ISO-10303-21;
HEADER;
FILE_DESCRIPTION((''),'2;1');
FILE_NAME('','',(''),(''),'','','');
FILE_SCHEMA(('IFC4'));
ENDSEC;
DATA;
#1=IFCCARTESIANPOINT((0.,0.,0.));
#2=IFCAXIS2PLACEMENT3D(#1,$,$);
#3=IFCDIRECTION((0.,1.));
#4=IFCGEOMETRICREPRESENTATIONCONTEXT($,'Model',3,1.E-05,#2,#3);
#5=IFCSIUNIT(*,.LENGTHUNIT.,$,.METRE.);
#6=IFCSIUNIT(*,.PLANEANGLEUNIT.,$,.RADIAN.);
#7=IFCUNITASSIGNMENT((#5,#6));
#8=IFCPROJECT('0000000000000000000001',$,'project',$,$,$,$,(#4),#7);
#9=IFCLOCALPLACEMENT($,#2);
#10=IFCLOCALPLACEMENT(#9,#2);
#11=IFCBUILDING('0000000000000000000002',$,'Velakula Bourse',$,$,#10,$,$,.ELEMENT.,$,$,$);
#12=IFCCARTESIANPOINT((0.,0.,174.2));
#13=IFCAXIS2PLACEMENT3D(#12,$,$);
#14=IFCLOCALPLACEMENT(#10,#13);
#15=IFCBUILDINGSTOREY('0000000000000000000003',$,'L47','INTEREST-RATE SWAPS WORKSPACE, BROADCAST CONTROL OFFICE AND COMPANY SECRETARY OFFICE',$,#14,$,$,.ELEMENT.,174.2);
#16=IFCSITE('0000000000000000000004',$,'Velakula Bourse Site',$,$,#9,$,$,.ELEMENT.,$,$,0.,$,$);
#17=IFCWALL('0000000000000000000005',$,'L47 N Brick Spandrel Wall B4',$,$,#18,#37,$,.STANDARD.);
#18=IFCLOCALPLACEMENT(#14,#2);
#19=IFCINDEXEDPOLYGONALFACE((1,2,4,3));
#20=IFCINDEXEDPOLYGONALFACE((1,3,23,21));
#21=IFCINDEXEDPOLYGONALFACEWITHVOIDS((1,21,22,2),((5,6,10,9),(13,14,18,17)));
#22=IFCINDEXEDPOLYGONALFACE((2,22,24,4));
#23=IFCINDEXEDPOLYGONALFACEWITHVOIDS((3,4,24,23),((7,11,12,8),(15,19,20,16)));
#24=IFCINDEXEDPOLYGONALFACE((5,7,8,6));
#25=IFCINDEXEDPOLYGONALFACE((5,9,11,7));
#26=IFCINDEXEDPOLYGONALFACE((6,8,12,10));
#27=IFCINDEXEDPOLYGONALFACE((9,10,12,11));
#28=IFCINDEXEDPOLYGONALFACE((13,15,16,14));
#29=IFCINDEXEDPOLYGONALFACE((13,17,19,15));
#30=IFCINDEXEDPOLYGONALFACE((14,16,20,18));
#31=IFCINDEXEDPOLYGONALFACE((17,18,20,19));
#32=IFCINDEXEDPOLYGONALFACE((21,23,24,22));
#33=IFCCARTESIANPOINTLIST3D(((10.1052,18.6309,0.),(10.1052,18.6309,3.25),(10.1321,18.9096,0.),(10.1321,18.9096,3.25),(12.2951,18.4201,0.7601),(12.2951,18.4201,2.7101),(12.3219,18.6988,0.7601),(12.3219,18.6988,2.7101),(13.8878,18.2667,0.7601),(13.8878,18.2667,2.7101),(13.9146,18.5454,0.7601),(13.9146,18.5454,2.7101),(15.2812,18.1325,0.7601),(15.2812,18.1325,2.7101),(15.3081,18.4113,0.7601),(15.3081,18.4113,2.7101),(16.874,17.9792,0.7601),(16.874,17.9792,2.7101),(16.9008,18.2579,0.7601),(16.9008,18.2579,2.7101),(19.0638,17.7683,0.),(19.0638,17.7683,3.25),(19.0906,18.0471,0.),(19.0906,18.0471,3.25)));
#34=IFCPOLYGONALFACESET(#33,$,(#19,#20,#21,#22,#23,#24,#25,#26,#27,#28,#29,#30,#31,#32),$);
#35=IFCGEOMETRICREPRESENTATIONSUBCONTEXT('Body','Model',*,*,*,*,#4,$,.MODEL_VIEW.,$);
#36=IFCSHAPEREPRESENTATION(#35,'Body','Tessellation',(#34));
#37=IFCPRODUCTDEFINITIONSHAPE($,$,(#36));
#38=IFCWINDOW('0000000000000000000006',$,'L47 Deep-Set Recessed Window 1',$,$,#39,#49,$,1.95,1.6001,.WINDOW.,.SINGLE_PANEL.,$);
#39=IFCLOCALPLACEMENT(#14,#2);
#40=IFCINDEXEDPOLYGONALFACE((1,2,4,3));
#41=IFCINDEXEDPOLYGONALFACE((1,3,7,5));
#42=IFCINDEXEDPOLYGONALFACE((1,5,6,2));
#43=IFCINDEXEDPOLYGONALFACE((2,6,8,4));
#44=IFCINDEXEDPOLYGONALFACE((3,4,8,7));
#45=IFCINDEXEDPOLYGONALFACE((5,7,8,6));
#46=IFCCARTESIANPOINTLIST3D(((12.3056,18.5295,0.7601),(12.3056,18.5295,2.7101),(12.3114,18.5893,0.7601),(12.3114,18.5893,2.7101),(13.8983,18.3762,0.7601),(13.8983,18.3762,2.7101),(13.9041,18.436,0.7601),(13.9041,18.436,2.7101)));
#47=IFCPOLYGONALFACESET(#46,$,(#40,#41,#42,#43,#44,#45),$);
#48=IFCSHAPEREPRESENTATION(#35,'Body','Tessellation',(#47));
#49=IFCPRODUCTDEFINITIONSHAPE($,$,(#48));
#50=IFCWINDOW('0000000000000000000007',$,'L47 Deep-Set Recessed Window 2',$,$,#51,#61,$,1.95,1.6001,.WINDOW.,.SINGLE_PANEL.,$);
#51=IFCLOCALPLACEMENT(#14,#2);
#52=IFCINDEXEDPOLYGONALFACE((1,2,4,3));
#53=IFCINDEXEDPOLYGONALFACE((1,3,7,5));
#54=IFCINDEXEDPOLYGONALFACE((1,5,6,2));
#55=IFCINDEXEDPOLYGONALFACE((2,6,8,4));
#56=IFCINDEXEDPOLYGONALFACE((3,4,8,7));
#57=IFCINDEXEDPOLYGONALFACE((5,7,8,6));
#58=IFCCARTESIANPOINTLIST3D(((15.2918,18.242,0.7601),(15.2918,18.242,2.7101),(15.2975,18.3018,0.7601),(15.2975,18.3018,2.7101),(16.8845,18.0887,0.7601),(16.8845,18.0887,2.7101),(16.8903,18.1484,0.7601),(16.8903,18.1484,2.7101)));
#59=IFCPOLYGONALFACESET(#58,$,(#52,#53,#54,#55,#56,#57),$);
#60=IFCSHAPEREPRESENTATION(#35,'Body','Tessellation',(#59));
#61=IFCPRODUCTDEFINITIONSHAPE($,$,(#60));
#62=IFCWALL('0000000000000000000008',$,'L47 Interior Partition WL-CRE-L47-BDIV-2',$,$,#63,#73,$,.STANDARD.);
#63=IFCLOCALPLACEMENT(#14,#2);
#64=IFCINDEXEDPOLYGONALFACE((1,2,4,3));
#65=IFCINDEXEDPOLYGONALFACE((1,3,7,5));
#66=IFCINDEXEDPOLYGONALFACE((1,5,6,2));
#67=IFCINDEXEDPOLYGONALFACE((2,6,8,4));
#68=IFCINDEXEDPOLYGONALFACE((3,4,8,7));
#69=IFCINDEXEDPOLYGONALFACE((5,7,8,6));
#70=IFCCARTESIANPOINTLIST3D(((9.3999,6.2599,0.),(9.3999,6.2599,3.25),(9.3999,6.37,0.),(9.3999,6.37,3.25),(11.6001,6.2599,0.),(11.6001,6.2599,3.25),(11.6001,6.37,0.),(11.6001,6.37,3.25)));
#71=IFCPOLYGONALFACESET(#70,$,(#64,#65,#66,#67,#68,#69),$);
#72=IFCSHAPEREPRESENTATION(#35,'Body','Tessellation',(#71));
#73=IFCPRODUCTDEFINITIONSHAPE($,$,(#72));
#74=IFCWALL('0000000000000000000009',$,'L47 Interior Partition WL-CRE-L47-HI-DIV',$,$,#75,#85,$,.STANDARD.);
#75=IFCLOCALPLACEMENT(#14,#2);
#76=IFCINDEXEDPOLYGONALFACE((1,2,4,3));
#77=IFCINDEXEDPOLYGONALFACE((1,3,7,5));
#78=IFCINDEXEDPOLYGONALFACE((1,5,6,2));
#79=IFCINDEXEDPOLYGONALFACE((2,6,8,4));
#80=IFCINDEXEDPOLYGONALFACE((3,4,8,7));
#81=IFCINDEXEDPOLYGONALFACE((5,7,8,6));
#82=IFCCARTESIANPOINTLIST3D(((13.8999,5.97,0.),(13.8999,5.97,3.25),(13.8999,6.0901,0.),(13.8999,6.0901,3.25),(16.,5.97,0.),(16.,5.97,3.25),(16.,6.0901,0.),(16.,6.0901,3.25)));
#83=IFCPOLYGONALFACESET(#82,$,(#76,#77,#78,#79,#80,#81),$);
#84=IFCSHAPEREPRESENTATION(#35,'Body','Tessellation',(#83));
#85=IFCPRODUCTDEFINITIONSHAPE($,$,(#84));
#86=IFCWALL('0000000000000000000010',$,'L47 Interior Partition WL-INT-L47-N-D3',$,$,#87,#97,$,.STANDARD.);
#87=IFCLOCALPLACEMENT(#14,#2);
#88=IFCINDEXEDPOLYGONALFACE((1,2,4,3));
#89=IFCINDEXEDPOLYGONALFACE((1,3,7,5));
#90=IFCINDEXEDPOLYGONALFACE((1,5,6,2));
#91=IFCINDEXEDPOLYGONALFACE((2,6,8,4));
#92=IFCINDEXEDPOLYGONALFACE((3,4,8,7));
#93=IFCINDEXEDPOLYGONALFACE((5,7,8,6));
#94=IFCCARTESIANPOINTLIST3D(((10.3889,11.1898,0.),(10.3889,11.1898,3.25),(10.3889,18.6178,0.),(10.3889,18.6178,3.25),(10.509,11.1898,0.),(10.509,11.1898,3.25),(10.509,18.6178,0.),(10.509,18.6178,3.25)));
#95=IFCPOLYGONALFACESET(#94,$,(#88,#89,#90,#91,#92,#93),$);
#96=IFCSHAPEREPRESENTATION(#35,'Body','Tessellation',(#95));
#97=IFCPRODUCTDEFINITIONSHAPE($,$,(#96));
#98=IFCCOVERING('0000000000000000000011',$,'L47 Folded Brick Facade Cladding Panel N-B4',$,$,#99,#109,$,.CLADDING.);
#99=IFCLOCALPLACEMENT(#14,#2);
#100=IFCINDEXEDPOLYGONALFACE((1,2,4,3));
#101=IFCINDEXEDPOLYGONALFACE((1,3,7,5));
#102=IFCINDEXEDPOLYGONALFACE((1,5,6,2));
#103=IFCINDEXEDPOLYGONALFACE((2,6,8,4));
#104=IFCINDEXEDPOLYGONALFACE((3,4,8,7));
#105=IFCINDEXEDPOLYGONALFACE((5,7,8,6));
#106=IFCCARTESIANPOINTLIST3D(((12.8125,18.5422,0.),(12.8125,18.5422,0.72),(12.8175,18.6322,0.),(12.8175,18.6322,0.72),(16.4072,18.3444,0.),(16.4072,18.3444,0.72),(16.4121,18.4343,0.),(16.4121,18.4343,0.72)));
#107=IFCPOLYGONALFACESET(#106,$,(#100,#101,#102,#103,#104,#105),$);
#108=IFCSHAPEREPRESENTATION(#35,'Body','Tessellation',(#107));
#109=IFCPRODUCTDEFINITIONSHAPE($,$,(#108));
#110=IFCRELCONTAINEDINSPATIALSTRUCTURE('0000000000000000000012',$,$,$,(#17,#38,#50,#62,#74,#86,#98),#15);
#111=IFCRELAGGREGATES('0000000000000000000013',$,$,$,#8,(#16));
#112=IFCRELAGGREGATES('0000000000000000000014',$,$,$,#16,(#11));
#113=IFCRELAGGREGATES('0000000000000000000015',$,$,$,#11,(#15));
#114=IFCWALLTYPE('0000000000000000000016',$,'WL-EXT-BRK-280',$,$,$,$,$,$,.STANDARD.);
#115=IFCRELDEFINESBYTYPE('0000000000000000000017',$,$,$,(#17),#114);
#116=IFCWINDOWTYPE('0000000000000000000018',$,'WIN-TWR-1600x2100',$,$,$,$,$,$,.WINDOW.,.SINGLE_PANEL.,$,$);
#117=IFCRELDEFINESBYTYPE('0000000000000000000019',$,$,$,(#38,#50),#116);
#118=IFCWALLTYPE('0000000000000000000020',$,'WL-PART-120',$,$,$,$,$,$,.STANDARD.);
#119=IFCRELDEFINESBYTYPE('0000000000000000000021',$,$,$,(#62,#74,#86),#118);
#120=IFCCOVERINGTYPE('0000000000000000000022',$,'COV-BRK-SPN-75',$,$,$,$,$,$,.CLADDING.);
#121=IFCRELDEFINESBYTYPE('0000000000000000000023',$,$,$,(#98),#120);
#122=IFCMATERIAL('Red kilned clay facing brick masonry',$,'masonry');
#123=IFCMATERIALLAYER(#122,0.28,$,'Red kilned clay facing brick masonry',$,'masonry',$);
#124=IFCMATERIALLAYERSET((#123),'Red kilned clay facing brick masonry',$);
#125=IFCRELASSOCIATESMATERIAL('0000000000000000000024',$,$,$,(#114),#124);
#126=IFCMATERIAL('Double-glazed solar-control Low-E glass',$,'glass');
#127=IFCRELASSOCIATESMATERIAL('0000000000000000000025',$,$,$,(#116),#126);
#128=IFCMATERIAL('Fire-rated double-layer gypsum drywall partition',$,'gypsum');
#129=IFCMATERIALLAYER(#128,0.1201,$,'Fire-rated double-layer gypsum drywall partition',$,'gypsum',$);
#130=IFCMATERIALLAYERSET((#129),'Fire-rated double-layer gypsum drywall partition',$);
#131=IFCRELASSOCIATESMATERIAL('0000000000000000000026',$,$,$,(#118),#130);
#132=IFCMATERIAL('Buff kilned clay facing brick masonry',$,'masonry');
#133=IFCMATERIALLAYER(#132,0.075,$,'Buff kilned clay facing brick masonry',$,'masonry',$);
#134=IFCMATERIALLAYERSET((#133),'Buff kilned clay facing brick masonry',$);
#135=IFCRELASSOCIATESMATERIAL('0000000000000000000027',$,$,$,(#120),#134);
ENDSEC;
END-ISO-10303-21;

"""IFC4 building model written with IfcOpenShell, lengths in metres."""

from ifc_helpers import new_model, si_unit, direction, frame, frame_2d, origin, origin_2d, place, context, subcontext, project, spatial, rectangle, extrude, material, layer, layer_set, type_object, element, fill, save


model = new_model("IFC4")

# Units and contexts
model_context = context("Model", 3, precision=1e-05, world=origin(), true_north=direction((0.0, 1.0)))
body_context = subcontext(model_context, "Body", "Model", "MODEL_VIEW")
ifc_project = project(units=[si_unit("LENGTHUNIT", "METRE"), si_unit("PLANEANGLEUNIT", "RADIAN")], contexts=[model_context])

# Site, building, storey
site_placement = place(None, origin())
site = spatial("IfcSite", under=ifc_project, at=site_placement, Name="Velakula Bourse Site", CompositionType="ELEMENT", RefElevation=0.0)
building_placement = place(site_placement, origin())
building = spatial("IfcBuilding", under=site, at=building_placement, Name="Velakula Bourse", CompositionType="ELEMENT")
storey_placement = place(building_placement, frame((0.0, 0.0, 174.2)))
storey = spatial("IfcBuildingStorey", under=building, at=storey_placement, Name="L47", Description="INTEREST-RATE SWAPS WORKSPACE, BROADCAST CONTROL OFFICE AND COMPANY SECRETARY OFFICE", CompositionType="ELEMENT", Elevation=174.2)

# Wall, openings, windows
ifc_material_1 = material(Name="Red kilned clay facing brick masonry", Category="masonry")
ifc_layer_1 = layer(ifc_material_1, 0.28, Name="Red kilned clay facing brick masonry", Category="masonry")
ifc_layer_set_1 = layer_set([ifc_layer_1], Name="Red kilned clay facing brick masonry")
wall_type_1 = type_object("IfcWallType", Name="WL-EXT-BRK-280", PredefinedType="STANDARD", material=ifc_layer_set_1)
ifc_material_2 = material(Name="Double-glazed solar-control Low-E glass", Category="glass")
window_type = type_object("IfcWindowType", Name="WIN-TWR-1600x2100", PartitioningType="SINGLE_PANEL", PredefinedType="WINDOW", material=ifc_material_2)
wall_1_placement = place(storey_placement, frame((10.1187, 18.7703, 0.0), z_axis=(0.0, 0.0, 1.0), x_axis=(0.995397, -0.09584, 0.0)))
wall_1 = element("IfcWall", 1, at=wall_1_placement, inside=storey, type_object=wall_type_1, Name="L47 N Brick Spandrel Wall B4", PredefinedType="STANDARD", context=body_context, shape_type="SweptSolid", body=[
    extrude(rectangle(XDim=9.0, YDim=0.28, at=frame_2d((4.5, 0.0))), origin(), (0.0, 0.0, 1.0), 3.25),
])
opening_1_placement = place(wall_1_placement, frame((2.2, 0.0, 0.76)))
opening_1 = element("IfcOpeningElement", 2, at=opening_1_placement, cuts=wall_1, PredefinedType="OPENING", context=body_context, shape_type="SweptSolid", body=[
    extrude(rectangle(XDim=1.6001, YDim=1.95, at=frame_2d((0.8, 0.9751))), frame((0.0, 0.1499, 0.0), z_axis=(0.0, -1.0, 0.0), x_axis=(1.0, 0.0, 0.0)), (0.0, 0.0, 1.0), 0.3),
])
opening_2_placement = place(wall_1_placement, frame((5.2, 0.0, 0.76)))
opening_2 = element("IfcOpeningElement", 3, at=opening_2_placement, cuts=wall_1, PredefinedType="OPENING", context=body_context, shape_type="SweptSolid", body=[
    extrude(rectangle(XDim=1.6001, YDim=1.95, at=frame_2d((0.8, 0.9751))), frame((0.0, 0.1499, 0.0), z_axis=(0.0, -1.0, 0.0), x_axis=(1.0, 0.0, 0.0)), (0.0, 0.0, 1.0), 0.3),
])
window_1_placement = place(opening_1_placement, origin())
window_1 = element("IfcWindow", 4, at=window_1_placement, inside=storey, type_object=window_type, Name="L47 Deep-Set Recessed Window 1", OverallHeight=1.95, OverallWidth=1.6001, PartitioningType="SINGLE_PANEL", PredefinedType="WINDOW", context=body_context, shape_type="SweptSolid", body=[
    extrude(rectangle(XDim=1.6001, YDim=1.95, at=frame_2d((0.8, 0.9751))), frame((0.0, 0.03, 0.0), z_axis=(0.0, -1.0, 0.0), x_axis=(1.0, 0.0, 0.0)), (0.0, 0.0, 1.0), 0.0601),
])
fill(opening_1, window_1)
window_2_placement = place(opening_2_placement, origin())
window_2 = element("IfcWindow", 5, at=window_2_placement, inside=storey, type_object=window_type, Name="L47 Deep-Set Recessed Window 2", OverallHeight=1.95, OverallWidth=1.6001, PartitioningType="SINGLE_PANEL", PredefinedType="WINDOW", context=body_context, shape_type="SweptSolid", body=[
    extrude(rectangle(XDim=1.6001, YDim=1.95, at=frame_2d((0.8, 0.9751))), frame((0.0, 0.03, 0.0), z_axis=(0.0, -1.0, 0.0), x_axis=(1.0, 0.0, 0.0)), (0.0, 0.0, 1.0), 0.0601),
])
fill(opening_2, window_2)

# Walls
ifc_material_3 = material(Name="Fire-rated double-layer gypsum drywall partition", Category="gypsum")
ifc_layer_2 = layer(ifc_material_3, 0.1201, Name="Fire-rated double-layer gypsum drywall partition", Category="gypsum")
ifc_layer_set_2 = layer_set([ifc_layer_2], Name="Fire-rated double-layer gypsum drywall partition")
wall_type_2 = type_object("IfcWallType", Name="WL-PART-120", PredefinedType="STANDARD", material=ifc_layer_set_2)
wall_2_placement = place(storey_placement, frame((9.3999, 6.3149, 0.0), z_axis=(0.0, 0.0, 1.0), x_axis=(1.0, 0.0, 0.0)))
element("IfcWall", 6, at=wall_2_placement, inside=storey, type_object=wall_type_2, Name="L47 Interior Partition WL-CRE-L47-BDIV-2", PredefinedType="STANDARD", context=body_context, shape_type="SweptSolid", body=[
    extrude(rectangle(XDim=2.2002, YDim=0.1101, at=frame_2d((1.1001, 0.0))), origin(), (0.0, 0.0, 1.0), 3.25),
])
wall_3_placement = place(storey_placement, frame((13.8999, 6.03, 0.0), z_axis=(0.0, 0.0, 1.0), x_axis=(1.0, 0.0, 0.0)))
element("IfcWall", 7, at=wall_3_placement, inside=storey, type_object=wall_type_2, Name="L47 Interior Partition WL-CRE-L47-HI-DIV", PredefinedType="STANDARD", context=body_context, shape_type="SweptSolid", body=[
    extrude(rectangle(XDim=2.1001, YDim=0.1201, at=frame_2d((1.05, 0.0))), origin(), (0.0, 0.0, 1.0), 3.25),
])
wall_4_placement = place(storey_placement, frame((10.449, 11.1899, 0.0), z_axis=(0.0, 0.0, 1.0), x_axis=(0.0, 1.0, 0.0)))
element("IfcWall", 8, at=wall_4_placement, inside=storey, type_object=wall_type_2, Name="L47 Interior Partition WL-INT-L47-N-D3", PredefinedType="STANDARD", context=body_context, shape_type="SweptSolid", body=[
    extrude(rectangle(XDim=7.428, YDim=0.1201, at=frame_2d((3.7139, 0.0))), origin(), (0.0, 0.0, 1.0), 3.25),
])

# Covering
ifc_material_4 = material(Name="Buff kilned clay facing brick masonry", Category="masonry")
ifc_layer_3 = layer(ifc_material_4, 0.075, Name="Buff kilned clay facing brick masonry", Category="masonry")
ifc_layer_set_3 = layer_set([ifc_layer_3], Name="Buff kilned clay facing brick masonry")
covering_type = type_object("IfcCoveringType", Name="COV-BRK-SPN-75", PredefinedType="CLADDING", material=ifc_layer_set_3)
covering_placement = place(storey_placement, frame((14.6123, 18.4883, 0.0), z_axis=(0.0, 0.0, 1.0), x_axis=(0.998489, -0.05495, 0.0)))
element("IfcCovering", 9, at=covering_placement, inside=storey, type_object=covering_type, Name="L47 Folded Brick Facade Cladding Panel N-B4", PredefinedType="CLADDING", context=body_context, shape_type="SweptSolid", body=[
    extrude(rectangle(XDim=3.6001, YDim=0.0901, at=origin_2d()), origin(), (0.0, 0.0, 1.0), 0.72),
])

save(model, "model.ifc")
